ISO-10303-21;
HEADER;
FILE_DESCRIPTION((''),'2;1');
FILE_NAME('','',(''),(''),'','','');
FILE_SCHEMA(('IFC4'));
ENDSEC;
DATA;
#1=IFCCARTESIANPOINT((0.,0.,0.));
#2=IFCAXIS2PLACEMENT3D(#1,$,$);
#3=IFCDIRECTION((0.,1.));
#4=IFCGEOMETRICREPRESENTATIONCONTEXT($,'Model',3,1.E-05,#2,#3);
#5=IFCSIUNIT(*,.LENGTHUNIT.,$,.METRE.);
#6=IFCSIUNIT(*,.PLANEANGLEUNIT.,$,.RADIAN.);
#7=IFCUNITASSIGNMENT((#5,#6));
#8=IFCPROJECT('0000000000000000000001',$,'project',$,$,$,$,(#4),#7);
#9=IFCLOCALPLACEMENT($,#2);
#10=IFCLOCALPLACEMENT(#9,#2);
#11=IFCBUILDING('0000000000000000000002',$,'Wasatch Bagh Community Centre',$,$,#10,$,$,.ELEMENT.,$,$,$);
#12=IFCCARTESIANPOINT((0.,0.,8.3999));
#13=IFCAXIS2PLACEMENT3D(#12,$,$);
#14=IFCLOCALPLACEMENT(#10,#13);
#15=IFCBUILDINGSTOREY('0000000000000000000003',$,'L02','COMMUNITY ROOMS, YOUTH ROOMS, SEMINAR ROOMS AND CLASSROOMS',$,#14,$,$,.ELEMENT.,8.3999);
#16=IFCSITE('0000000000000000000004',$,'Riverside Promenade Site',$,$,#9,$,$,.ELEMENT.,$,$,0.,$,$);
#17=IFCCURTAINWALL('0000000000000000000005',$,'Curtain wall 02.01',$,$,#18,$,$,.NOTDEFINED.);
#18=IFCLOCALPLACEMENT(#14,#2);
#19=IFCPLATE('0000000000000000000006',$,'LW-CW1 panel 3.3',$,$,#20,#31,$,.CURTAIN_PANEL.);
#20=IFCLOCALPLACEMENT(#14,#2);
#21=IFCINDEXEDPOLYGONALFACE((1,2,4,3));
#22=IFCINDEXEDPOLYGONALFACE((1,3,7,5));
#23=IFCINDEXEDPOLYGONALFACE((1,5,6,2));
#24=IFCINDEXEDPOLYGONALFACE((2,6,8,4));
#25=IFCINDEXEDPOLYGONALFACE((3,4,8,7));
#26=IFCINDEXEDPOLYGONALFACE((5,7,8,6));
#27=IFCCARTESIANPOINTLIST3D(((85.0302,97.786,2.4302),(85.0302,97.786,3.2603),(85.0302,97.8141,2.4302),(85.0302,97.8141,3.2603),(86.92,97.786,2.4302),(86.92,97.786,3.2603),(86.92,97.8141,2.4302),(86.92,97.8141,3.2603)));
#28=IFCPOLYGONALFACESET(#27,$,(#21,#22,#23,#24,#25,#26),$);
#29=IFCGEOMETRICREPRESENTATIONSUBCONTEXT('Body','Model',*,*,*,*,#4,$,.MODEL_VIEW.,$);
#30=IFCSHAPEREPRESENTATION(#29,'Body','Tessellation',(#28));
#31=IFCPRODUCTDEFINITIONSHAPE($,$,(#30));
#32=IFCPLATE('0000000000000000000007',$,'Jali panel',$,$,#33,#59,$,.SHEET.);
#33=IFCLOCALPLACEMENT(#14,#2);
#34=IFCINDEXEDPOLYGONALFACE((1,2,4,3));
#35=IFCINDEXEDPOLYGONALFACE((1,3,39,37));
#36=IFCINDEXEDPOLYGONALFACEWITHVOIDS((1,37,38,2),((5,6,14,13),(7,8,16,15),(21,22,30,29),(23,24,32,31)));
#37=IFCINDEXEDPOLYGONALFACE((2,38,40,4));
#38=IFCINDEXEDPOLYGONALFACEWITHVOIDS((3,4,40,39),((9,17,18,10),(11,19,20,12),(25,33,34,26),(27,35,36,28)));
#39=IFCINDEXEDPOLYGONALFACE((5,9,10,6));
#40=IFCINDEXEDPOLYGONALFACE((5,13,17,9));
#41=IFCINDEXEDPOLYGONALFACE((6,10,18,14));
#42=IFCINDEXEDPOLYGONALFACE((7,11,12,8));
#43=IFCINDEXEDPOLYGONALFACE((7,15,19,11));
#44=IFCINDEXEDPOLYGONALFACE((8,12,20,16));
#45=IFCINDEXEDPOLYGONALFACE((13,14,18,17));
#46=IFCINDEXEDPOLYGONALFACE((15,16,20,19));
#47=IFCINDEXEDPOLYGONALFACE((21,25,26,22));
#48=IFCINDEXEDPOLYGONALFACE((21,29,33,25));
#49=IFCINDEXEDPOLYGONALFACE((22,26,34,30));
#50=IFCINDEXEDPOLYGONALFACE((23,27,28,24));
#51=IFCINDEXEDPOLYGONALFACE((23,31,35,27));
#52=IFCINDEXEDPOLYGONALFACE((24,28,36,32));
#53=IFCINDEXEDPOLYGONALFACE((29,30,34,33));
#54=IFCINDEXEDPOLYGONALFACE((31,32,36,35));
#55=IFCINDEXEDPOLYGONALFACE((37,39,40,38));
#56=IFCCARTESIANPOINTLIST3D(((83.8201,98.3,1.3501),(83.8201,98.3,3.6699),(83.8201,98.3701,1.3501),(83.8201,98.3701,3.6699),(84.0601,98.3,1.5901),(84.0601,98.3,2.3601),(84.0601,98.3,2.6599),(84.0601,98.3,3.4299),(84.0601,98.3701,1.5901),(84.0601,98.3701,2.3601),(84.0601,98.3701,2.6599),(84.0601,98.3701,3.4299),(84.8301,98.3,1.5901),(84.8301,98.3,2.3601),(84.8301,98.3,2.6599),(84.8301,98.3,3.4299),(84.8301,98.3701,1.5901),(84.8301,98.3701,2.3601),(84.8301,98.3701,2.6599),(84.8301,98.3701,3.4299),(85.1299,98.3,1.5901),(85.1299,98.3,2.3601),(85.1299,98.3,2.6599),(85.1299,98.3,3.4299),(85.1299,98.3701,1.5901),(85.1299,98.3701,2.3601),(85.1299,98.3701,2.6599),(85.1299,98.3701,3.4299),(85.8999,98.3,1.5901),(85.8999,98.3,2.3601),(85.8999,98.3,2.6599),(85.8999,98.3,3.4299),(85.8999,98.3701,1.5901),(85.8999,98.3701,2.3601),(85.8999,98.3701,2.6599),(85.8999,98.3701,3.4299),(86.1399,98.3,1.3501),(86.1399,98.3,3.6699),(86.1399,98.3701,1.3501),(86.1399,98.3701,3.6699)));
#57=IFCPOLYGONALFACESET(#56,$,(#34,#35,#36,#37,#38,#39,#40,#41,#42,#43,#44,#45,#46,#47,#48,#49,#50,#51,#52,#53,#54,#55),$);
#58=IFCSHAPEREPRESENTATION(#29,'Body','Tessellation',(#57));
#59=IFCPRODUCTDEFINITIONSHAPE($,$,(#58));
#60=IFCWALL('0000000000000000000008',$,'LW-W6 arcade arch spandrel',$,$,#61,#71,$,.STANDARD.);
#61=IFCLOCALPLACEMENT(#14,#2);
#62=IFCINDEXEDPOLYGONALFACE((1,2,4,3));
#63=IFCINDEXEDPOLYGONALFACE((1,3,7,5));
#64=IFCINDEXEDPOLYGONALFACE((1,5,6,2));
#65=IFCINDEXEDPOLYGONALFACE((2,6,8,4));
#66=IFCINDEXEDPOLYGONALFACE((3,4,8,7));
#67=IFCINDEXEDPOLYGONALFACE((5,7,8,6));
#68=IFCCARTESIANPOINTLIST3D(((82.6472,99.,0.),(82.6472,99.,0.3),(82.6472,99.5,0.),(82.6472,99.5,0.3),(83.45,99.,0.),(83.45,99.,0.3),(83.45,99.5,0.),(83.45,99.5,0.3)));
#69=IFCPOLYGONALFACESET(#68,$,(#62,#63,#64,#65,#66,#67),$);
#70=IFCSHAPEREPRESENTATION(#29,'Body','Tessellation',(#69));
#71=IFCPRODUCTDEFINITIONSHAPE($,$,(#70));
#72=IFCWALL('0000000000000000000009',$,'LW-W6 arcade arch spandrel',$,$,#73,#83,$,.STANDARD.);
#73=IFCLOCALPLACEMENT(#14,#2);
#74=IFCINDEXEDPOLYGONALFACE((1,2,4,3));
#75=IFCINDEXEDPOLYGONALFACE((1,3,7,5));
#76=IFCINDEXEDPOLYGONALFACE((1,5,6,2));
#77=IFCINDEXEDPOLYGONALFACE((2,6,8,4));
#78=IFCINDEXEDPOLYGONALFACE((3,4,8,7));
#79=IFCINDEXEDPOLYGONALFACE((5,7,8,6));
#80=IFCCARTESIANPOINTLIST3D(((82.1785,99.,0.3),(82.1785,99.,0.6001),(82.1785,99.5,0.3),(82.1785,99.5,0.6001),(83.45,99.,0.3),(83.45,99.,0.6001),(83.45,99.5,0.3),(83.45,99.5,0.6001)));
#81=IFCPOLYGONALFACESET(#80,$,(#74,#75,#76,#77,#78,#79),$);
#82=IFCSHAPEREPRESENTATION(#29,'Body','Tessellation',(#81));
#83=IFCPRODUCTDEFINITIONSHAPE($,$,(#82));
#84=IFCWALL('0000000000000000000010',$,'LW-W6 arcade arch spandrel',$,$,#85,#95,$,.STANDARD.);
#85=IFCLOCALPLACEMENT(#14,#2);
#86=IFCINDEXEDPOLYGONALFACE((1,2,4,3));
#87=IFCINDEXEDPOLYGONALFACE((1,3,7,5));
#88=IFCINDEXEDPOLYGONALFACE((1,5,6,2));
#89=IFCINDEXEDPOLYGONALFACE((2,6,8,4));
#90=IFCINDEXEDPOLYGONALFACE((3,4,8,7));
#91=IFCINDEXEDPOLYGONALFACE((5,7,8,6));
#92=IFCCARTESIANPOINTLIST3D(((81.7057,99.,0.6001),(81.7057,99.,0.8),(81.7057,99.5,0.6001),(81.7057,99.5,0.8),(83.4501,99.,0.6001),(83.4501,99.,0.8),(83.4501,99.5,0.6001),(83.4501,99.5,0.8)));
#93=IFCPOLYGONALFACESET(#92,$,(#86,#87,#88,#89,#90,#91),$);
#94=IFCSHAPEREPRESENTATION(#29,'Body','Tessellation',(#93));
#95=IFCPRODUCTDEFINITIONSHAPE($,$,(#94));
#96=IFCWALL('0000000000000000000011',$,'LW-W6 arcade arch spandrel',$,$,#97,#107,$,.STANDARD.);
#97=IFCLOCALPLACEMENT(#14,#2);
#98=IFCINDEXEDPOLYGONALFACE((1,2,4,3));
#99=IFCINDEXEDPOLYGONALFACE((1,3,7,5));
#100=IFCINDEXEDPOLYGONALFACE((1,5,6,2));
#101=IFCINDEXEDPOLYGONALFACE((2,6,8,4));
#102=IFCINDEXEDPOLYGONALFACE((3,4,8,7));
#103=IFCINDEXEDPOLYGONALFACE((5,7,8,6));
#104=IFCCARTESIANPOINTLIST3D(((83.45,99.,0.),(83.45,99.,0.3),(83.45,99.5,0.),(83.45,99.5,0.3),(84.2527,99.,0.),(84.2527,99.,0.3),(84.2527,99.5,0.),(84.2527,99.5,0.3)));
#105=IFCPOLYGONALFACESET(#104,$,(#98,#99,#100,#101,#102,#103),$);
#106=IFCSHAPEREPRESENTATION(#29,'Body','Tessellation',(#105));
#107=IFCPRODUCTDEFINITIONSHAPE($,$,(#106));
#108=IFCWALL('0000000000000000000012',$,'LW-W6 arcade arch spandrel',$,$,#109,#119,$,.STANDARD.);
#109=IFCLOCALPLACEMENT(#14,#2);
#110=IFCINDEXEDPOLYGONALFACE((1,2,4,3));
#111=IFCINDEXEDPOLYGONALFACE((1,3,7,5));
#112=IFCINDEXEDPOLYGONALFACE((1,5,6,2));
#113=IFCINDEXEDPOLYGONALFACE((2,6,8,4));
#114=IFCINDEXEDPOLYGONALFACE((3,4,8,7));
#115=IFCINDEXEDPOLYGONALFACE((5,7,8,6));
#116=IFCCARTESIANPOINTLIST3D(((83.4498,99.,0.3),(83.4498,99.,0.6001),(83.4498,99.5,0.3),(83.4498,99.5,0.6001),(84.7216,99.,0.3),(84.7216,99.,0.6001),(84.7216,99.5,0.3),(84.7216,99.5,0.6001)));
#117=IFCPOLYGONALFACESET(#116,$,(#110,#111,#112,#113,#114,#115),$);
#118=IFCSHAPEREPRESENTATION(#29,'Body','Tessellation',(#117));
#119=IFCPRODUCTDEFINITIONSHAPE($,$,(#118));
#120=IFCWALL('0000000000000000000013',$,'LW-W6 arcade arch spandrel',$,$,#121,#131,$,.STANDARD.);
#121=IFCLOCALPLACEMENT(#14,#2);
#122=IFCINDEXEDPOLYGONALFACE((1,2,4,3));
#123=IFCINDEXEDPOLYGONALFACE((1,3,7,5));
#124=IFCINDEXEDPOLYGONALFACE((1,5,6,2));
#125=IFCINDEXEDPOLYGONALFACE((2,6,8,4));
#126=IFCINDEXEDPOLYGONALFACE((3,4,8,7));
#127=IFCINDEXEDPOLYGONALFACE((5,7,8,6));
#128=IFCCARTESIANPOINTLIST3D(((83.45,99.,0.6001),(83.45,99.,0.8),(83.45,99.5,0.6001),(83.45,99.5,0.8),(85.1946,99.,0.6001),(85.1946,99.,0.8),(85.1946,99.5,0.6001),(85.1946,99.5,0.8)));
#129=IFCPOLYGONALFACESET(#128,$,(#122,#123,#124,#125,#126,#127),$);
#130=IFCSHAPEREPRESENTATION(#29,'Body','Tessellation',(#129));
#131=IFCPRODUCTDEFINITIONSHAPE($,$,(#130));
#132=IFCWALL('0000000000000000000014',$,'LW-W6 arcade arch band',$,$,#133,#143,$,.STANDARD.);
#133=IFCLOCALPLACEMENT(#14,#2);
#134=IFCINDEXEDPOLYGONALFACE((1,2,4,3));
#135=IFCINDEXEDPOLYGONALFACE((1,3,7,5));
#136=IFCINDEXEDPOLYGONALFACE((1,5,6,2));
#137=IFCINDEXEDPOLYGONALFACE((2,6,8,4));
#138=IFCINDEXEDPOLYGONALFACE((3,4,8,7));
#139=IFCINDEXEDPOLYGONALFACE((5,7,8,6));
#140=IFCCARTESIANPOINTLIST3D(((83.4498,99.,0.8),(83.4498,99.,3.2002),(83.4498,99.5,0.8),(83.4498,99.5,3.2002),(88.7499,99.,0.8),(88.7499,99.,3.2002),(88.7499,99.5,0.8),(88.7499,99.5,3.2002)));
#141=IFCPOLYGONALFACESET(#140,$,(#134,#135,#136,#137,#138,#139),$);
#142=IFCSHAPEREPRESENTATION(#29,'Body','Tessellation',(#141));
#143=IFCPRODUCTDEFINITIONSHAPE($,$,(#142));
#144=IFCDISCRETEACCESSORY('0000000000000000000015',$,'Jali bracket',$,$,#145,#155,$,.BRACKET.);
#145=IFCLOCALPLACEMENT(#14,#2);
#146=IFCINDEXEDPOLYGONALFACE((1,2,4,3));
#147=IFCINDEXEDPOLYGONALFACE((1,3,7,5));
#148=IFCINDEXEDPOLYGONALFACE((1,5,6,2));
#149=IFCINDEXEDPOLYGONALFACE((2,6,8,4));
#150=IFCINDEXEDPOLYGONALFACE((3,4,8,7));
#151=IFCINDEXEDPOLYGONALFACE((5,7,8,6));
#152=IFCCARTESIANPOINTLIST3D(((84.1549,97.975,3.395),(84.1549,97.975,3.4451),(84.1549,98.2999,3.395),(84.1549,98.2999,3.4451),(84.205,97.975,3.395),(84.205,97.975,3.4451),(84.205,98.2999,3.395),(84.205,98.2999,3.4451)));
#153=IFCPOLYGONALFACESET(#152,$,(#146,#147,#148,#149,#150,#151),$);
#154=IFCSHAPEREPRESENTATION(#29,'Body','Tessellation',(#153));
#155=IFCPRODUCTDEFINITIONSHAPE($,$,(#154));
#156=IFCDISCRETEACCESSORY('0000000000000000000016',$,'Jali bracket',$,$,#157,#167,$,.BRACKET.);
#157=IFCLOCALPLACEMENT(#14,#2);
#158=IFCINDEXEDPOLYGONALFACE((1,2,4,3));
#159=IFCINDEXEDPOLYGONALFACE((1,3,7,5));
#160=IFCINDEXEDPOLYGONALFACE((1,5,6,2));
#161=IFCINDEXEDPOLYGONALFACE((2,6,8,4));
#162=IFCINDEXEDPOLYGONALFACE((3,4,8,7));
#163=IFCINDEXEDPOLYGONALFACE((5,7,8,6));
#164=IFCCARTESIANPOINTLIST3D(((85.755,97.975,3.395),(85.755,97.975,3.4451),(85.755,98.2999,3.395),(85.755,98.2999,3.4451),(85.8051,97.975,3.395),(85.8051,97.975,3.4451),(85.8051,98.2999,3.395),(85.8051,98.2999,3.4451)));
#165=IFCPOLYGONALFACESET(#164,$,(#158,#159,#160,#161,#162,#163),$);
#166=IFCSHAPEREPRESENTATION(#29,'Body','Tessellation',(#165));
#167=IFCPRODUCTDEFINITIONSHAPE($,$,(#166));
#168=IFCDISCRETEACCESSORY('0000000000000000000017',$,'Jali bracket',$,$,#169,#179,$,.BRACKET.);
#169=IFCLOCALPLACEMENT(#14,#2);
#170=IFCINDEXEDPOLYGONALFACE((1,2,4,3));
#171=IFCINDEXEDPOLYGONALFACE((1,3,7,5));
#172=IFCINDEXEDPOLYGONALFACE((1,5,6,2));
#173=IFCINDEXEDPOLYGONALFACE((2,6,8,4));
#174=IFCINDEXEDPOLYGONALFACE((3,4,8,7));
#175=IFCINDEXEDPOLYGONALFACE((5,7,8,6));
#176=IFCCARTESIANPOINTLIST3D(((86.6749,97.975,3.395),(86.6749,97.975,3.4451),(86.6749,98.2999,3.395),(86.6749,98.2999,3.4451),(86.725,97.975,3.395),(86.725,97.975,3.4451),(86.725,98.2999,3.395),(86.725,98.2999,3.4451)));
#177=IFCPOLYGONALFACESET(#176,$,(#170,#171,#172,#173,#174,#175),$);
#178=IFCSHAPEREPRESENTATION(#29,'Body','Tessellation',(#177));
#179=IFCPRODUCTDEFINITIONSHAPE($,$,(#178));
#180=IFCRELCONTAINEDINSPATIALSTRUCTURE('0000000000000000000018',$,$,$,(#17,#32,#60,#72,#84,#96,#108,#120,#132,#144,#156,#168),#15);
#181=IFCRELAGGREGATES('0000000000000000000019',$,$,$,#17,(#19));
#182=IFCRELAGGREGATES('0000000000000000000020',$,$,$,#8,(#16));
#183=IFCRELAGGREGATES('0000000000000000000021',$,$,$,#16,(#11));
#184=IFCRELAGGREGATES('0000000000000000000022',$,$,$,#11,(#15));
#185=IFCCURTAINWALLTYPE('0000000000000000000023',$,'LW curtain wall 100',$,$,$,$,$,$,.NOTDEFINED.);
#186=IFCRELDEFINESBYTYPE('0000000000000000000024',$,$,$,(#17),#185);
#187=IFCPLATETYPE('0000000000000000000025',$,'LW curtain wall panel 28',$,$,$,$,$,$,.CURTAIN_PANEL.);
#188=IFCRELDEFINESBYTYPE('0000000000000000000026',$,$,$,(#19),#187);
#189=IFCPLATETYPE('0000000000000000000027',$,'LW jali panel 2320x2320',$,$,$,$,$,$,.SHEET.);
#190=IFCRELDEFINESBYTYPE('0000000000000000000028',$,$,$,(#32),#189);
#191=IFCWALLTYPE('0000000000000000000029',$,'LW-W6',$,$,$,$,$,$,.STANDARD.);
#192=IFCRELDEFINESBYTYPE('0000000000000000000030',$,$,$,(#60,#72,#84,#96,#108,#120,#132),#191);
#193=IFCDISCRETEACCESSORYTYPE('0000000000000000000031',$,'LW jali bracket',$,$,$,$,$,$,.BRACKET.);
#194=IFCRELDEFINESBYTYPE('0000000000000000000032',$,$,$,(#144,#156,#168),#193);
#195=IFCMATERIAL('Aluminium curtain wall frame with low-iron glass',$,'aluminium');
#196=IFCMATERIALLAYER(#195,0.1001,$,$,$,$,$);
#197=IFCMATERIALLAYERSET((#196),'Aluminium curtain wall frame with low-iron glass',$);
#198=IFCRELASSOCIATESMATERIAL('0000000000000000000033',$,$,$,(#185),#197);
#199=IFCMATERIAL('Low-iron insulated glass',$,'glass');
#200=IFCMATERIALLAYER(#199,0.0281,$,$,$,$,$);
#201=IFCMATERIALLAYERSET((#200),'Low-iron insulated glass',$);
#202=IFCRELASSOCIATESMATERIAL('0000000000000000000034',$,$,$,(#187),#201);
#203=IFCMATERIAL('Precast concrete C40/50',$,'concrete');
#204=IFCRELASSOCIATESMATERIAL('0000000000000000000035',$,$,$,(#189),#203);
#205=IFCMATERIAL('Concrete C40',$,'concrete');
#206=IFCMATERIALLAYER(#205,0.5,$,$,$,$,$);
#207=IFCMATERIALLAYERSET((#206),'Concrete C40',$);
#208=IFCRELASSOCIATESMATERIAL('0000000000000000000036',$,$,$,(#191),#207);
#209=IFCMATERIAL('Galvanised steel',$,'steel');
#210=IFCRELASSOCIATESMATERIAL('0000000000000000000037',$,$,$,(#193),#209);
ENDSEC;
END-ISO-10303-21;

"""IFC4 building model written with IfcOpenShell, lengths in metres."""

from ifc_helpers import new_model, si_unit, direction, frame, frame_2d, origin, origin_2d, place, context, subcontext, project, spatial, polyline, rectangle, outline, extrude, material, layer, layer_set, material_profile, profile_set, type_object, element, aggregate, save


model = new_model("IFC4")

# Units and contexts
model_context = context("Model", 3, precision=1e-05, world=origin(), true_north=direction((0.0, 1.0)))
body_context = subcontext(model_context, "Body", "Model", "MODEL_VIEW")
ifc_project = project(units=[si_unit("LENGTHUNIT", "METRE"), si_unit("PLANEANGLEUNIT", "RADIAN")], contexts=[model_context])

# Site, building, storey
site_placement = place(None, origin())
site = spatial("IfcSite", under=ifc_project, at=site_placement, Name="Riverside Promenade Site", CompositionType="ELEMENT", RefElevation=0.0)
building_placement = place(site_placement, origin())
building = spatial("IfcBuilding", under=site, at=building_placement, Name="Wasatch Bagh Community Centre", CompositionType="ELEMENT")
storey_placement = place(building_placement, frame((0.0, 0.0, 8.3999)))
storey = spatial("IfcBuildingStorey", under=building, at=storey_placement, Name="L02", Description="COMMUNITY ROOMS, YOUTH ROOMS, SEMINAR ROOMS AND CLASSROOMS", CompositionType="ELEMENT", Elevation=8.3999)

# Curtain wall, plate
ifc_material_1 = material(Name="Aluminium curtain wall frame with low-iron glass", Category="aluminium")
ifc_layer_1 = layer(ifc_material_1, 0.1001)
ifc_layer_set_1 = layer_set([ifc_layer_1], Name="Aluminium curtain wall frame with low-iron glass")
curtain_wall_type = type_object("IfcCurtainWallType", Name="LW curtain wall 100", PredefinedType="NOTDEFINED", material=ifc_layer_set_1)
curtain_wall_placement = place(storey_placement, origin())
curtain_wall = element("IfcCurtainWall", 1, at=curtain_wall_placement, inside=storey, type_object=curtain_wall_type, Name="Curtain wall 02.01", PredefinedType="NOTDEFINED")
ifc_material_2 = material(Name="Low-iron insulated glass", Category="glass")
ifc_layer_2 = layer(ifc_material_2, 0.0281)
ifc_layer_set_2 = layer_set([ifc_layer_2], Name="Low-iron insulated glass")
plate_type_1 = type_object("IfcPlateType", Name="LW curtain wall panel 28", PredefinedType="CURTAIN_PANEL", material=ifc_layer_set_2)
plate_1_placement = place(storey_placement, frame((85.9751, 97.8, 2.4302), z_axis=(0.0, 0.0, 1.0), x_axis=(1.0, 0.0, 0.0)))
plate_1 = element("IfcPlate", 2, at=plate_1_placement, type_object=plate_type_1, Name="LW-CW1 panel 3.3", PredefinedType="CURTAIN_PANEL", context=body_context, shape_type="SweptSolid", body=[
    extrude(rectangle(XDim=1.8899, YDim=0.0281, at=origin_2d()), origin(), (0.0, 0.0, 1.0), 0.8301),
])
aggregate(curtain_wall, [plate_1])

# Plate
ifc_material_3 = material(Name="Precast concrete C40/50", Category="concrete")
ifc_material_profile_1 = material_profile(ifc_material_3, outline(polyline([(-1.1599, -1.1599), (1.1599, -1.1599), (1.1599, 1.1599), (-1.1599, 1.1599), (-1.1599, -1.1599)]), holes=[polyline([(-0.9199, -0.9199), (-0.1499, -0.9199), (-0.1499, -0.1499), (-0.9199, -0.1499), (-0.9199, -0.9199)]), polyline([(-0.9199, 0.1499), (-0.1499, 0.1499), (-0.1499, 0.9199), (-0.9199, 0.9199), (-0.9199, 0.1499)]), polyline([(0.1499, -0.9199), (0.9199, -0.9199), (0.9199, -0.1499), (0.1499, -0.1499), (0.1499, -0.9199)]), polyline([(0.1499, 0.1499), (0.9199, 0.1499), (0.9199, 0.9199), (0.1499, 0.9199), (0.1499, 0.1499)])]), Name="Jali lattice")
ifc_profile_set_1 = profile_set([ifc_material_profile_1], Name="Precast concrete C40/50")
plate_type_2 = type_object("IfcPlateType", Name="LW jali panel 2320x2320", PredefinedType="SHEET", material=ifc_profile_set_1)
plate_2_placement = place(storey_placement, frame((84.98, 98.3, 2.51), z_axis=(0.0, 1.0, 0.0), x_axis=(-1.0, 0.0, 0.0)))
element("IfcPlate", 3, at=plate_2_placement, inside=storey, type_object=plate_type_2, Name="Jali panel", PredefinedType="SHEET", context=body_context, shape_type="SweptSolid", body=[
    extrude(outline(polyline([(-1.1599, -1.1599), (1.1599, -1.1599), (1.1599, 1.1599), (-1.1599, 1.1599), (-1.1599, -1.1599)]), holes=[polyline([(-0.9199, -0.9199), (-0.1499, -0.9199), (-0.1499, -0.1499), (-0.9199, -0.1499), (-0.9199, -0.9199)]), polyline([(-0.9199, 0.1499), (-0.1499, 0.1499), (-0.1499, 0.9199), (-0.9199, 0.9199), (-0.9199, 0.1499)]), polyline([(0.1499, -0.9199), (0.9199, -0.9199), (0.9199, -0.1499), (0.1499, -0.1499), (0.1499, -0.9199)]), polyline([(0.1499, 0.1499), (0.9199, 0.1499), (0.9199, 0.9199), (0.1499, 0.9199), (0.1499, 0.1499)])]), origin(), (0.0, 0.0, 1.0), 0.0701),
])

# Walls
ifc_material_4 = material(Name="Concrete C40", Category="concrete")
ifc_layer_3 = layer(ifc_material_4, 0.5)
ifc_layer_set_3 = layer_set([ifc_layer_3], Name="Concrete C40")
wall_type = type_object("IfcWallType", Name="LW-W6", PredefinedType="STANDARD", material=ifc_layer_set_3)
wall_1_placement = place(storey_placement, frame((83.45, 99.25, 0.0), z_axis=(0.0, 0.0, 1.0), x_axis=(-1.0, 0.0, 0.0)))
element("IfcWall", 4, at=wall_1_placement, inside=storey, type_object=wall_type, Name="LW-W6 arcade arch spandrel", PredefinedType="STANDARD", context=body_context, shape_type="SweptSolid", body=[
    extrude(rectangle(XDim=0.8027, YDim=0.5, at=frame_2d((0.4014, 0.0))), origin(), (0.0, 0.0, 1.0), 0.3),
])
wall_2_placement = place(storey_placement, frame((83.45, 99.25, 0.3), z_axis=(0.0, 0.0, 1.0), x_axis=(-1.0, 0.0, 0.0)))
element("IfcWall", 5, at=wall_2_placement, inside=storey, type_object=wall_type, Name="LW-W6 arcade arch spandrel", PredefinedType="STANDARD", context=body_context, shape_type="SweptSolid", body=[
    extrude(rectangle(XDim=1.2715, YDim=0.5, at=frame_2d((0.6357, 0.0))), origin(), (0.0, 0.0, 1.0), 0.3),
])
wall_3_placement = place(storey_placement, frame((83.45, 99.25, 0.6001), z_axis=(0.0, 0.0, 1.0), x_axis=(-1.0, 0.0, 0.0)))
element("IfcWall", 6, at=wall_3_placement, inside=storey, type_object=wall_type, Name="LW-W6 arcade arch spandrel", PredefinedType="STANDARD", context=body_context, shape_type="SweptSolid", body=[
    extrude(rectangle(XDim=1.7444, YDim=0.5, at=frame_2d((0.8721, 0.0))), origin(), (0.0, 0.0, 1.0), 0.2),
])
wall_4_placement = place(storey_placement, frame((83.45, 99.25, 0.0), z_axis=(0.0, 0.0, 1.0), x_axis=(1.0, 0.0, 0.0)))
element("IfcWall", 7, at=wall_4_placement, inside=storey, type_object=wall_type, Name="LW-W6 arcade arch spandrel", PredefinedType="STANDARD", context=body_context, shape_type="SweptSolid", body=[
    extrude(rectangle(XDim=0.8027, YDim=0.5, at=frame_2d((0.4014, 0.0))), origin(), (0.0, 0.0, 1.0), 0.3),
])
wall_5_placement = place(storey_placement, frame((83.45, 99.25, 0.3), z_axis=(0.0, 0.0, 1.0), x_axis=(1.0, 0.0, 0.0)))
element("IfcWall", 8, at=wall_5_placement, inside=storey, type_object=wall_type, Name="LW-W6 arcade arch spandrel", PredefinedType="STANDARD", context=body_context, shape_type="SweptSolid", body=[
    extrude(rectangle(XDim=1.2717, YDim=0.5, at=frame_2d((0.6357, 0.0))), origin(), (0.0, 0.0, 1.0), 0.3),
])
wall_6_placement = place(storey_placement, frame((83.45, 99.25, 0.6001), z_axis=(0.0, 0.0, 1.0), x_axis=(1.0, 0.0, 0.0)))
element("IfcWall", 9, at=wall_6_placement, inside=storey, type_object=wall_type, Name="LW-W6 arcade arch spandrel", PredefinedType="STANDARD", context=body_context, shape_type="SweptSolid", body=[
    extrude(rectangle(XDim=1.7446, YDim=0.5, at=frame_2d((0.8723, 0.0))), origin(), (0.0, 0.0, 1.0), 0.2),
])
wall_7_placement = place(storey_placement, frame((83.45, 99.25, 0.8), z_axis=(0.0, 0.0, 1.0), x_axis=(1.0, 0.0, 0.0)))
element("IfcWall", 10, at=wall_7_placement, inside=storey, type_object=wall_type, Name="LW-W6 arcade arch band", PredefinedType="STANDARD", context=body_context, shape_type="SweptSolid", body=[
    extrude(rectangle(XDim=5.3, YDim=0.5, at=frame_2d((2.6499, 0.0))), origin(), (0.0, 0.0, 1.0), 2.4001),
])

# Discrete accessories
ifc_material_5 = material(Name="Galvanised steel", Category="steel")
discrete_accessory_type = type_object("IfcDiscreteAccessoryType", Name="LW jali bracket", PredefinedType="BRACKET", material=ifc_material_5)
for number, where, z_axis, x_axis, name in (
    (11, (84.1799, 98.1375, 3.395), (0.0, 0.0, 1.0), (1.0, 0.0, 0.0), "Jali bracket"),
    (12, (85.78, 98.1375, 3.395), (0.0, 0.0, 1.0), (1.0, 0.0, 0.0), "Jali bracket"),
    (13, (86.7, 98.1375, 3.395), (0.0, 0.0, 1.0), (1.0, 0.0, 0.0), "Jali bracket"),
):
    element("IfcDiscreteAccessory", number, at=place(storey_placement, frame(where, z_axis=z_axis, x_axis=x_axis)), inside=storey, type_object=discrete_accessory_type, Name=name, PredefinedType="BRACKET", context=body_context, shape_type="SweptSolid", body=[
        extrude(rectangle(XDim=0.05, YDim=0.325, at=origin_2d()), origin(), (0.0, 0.0, 1.0), 0.05),
    ])

save(model, "model.ifc")
